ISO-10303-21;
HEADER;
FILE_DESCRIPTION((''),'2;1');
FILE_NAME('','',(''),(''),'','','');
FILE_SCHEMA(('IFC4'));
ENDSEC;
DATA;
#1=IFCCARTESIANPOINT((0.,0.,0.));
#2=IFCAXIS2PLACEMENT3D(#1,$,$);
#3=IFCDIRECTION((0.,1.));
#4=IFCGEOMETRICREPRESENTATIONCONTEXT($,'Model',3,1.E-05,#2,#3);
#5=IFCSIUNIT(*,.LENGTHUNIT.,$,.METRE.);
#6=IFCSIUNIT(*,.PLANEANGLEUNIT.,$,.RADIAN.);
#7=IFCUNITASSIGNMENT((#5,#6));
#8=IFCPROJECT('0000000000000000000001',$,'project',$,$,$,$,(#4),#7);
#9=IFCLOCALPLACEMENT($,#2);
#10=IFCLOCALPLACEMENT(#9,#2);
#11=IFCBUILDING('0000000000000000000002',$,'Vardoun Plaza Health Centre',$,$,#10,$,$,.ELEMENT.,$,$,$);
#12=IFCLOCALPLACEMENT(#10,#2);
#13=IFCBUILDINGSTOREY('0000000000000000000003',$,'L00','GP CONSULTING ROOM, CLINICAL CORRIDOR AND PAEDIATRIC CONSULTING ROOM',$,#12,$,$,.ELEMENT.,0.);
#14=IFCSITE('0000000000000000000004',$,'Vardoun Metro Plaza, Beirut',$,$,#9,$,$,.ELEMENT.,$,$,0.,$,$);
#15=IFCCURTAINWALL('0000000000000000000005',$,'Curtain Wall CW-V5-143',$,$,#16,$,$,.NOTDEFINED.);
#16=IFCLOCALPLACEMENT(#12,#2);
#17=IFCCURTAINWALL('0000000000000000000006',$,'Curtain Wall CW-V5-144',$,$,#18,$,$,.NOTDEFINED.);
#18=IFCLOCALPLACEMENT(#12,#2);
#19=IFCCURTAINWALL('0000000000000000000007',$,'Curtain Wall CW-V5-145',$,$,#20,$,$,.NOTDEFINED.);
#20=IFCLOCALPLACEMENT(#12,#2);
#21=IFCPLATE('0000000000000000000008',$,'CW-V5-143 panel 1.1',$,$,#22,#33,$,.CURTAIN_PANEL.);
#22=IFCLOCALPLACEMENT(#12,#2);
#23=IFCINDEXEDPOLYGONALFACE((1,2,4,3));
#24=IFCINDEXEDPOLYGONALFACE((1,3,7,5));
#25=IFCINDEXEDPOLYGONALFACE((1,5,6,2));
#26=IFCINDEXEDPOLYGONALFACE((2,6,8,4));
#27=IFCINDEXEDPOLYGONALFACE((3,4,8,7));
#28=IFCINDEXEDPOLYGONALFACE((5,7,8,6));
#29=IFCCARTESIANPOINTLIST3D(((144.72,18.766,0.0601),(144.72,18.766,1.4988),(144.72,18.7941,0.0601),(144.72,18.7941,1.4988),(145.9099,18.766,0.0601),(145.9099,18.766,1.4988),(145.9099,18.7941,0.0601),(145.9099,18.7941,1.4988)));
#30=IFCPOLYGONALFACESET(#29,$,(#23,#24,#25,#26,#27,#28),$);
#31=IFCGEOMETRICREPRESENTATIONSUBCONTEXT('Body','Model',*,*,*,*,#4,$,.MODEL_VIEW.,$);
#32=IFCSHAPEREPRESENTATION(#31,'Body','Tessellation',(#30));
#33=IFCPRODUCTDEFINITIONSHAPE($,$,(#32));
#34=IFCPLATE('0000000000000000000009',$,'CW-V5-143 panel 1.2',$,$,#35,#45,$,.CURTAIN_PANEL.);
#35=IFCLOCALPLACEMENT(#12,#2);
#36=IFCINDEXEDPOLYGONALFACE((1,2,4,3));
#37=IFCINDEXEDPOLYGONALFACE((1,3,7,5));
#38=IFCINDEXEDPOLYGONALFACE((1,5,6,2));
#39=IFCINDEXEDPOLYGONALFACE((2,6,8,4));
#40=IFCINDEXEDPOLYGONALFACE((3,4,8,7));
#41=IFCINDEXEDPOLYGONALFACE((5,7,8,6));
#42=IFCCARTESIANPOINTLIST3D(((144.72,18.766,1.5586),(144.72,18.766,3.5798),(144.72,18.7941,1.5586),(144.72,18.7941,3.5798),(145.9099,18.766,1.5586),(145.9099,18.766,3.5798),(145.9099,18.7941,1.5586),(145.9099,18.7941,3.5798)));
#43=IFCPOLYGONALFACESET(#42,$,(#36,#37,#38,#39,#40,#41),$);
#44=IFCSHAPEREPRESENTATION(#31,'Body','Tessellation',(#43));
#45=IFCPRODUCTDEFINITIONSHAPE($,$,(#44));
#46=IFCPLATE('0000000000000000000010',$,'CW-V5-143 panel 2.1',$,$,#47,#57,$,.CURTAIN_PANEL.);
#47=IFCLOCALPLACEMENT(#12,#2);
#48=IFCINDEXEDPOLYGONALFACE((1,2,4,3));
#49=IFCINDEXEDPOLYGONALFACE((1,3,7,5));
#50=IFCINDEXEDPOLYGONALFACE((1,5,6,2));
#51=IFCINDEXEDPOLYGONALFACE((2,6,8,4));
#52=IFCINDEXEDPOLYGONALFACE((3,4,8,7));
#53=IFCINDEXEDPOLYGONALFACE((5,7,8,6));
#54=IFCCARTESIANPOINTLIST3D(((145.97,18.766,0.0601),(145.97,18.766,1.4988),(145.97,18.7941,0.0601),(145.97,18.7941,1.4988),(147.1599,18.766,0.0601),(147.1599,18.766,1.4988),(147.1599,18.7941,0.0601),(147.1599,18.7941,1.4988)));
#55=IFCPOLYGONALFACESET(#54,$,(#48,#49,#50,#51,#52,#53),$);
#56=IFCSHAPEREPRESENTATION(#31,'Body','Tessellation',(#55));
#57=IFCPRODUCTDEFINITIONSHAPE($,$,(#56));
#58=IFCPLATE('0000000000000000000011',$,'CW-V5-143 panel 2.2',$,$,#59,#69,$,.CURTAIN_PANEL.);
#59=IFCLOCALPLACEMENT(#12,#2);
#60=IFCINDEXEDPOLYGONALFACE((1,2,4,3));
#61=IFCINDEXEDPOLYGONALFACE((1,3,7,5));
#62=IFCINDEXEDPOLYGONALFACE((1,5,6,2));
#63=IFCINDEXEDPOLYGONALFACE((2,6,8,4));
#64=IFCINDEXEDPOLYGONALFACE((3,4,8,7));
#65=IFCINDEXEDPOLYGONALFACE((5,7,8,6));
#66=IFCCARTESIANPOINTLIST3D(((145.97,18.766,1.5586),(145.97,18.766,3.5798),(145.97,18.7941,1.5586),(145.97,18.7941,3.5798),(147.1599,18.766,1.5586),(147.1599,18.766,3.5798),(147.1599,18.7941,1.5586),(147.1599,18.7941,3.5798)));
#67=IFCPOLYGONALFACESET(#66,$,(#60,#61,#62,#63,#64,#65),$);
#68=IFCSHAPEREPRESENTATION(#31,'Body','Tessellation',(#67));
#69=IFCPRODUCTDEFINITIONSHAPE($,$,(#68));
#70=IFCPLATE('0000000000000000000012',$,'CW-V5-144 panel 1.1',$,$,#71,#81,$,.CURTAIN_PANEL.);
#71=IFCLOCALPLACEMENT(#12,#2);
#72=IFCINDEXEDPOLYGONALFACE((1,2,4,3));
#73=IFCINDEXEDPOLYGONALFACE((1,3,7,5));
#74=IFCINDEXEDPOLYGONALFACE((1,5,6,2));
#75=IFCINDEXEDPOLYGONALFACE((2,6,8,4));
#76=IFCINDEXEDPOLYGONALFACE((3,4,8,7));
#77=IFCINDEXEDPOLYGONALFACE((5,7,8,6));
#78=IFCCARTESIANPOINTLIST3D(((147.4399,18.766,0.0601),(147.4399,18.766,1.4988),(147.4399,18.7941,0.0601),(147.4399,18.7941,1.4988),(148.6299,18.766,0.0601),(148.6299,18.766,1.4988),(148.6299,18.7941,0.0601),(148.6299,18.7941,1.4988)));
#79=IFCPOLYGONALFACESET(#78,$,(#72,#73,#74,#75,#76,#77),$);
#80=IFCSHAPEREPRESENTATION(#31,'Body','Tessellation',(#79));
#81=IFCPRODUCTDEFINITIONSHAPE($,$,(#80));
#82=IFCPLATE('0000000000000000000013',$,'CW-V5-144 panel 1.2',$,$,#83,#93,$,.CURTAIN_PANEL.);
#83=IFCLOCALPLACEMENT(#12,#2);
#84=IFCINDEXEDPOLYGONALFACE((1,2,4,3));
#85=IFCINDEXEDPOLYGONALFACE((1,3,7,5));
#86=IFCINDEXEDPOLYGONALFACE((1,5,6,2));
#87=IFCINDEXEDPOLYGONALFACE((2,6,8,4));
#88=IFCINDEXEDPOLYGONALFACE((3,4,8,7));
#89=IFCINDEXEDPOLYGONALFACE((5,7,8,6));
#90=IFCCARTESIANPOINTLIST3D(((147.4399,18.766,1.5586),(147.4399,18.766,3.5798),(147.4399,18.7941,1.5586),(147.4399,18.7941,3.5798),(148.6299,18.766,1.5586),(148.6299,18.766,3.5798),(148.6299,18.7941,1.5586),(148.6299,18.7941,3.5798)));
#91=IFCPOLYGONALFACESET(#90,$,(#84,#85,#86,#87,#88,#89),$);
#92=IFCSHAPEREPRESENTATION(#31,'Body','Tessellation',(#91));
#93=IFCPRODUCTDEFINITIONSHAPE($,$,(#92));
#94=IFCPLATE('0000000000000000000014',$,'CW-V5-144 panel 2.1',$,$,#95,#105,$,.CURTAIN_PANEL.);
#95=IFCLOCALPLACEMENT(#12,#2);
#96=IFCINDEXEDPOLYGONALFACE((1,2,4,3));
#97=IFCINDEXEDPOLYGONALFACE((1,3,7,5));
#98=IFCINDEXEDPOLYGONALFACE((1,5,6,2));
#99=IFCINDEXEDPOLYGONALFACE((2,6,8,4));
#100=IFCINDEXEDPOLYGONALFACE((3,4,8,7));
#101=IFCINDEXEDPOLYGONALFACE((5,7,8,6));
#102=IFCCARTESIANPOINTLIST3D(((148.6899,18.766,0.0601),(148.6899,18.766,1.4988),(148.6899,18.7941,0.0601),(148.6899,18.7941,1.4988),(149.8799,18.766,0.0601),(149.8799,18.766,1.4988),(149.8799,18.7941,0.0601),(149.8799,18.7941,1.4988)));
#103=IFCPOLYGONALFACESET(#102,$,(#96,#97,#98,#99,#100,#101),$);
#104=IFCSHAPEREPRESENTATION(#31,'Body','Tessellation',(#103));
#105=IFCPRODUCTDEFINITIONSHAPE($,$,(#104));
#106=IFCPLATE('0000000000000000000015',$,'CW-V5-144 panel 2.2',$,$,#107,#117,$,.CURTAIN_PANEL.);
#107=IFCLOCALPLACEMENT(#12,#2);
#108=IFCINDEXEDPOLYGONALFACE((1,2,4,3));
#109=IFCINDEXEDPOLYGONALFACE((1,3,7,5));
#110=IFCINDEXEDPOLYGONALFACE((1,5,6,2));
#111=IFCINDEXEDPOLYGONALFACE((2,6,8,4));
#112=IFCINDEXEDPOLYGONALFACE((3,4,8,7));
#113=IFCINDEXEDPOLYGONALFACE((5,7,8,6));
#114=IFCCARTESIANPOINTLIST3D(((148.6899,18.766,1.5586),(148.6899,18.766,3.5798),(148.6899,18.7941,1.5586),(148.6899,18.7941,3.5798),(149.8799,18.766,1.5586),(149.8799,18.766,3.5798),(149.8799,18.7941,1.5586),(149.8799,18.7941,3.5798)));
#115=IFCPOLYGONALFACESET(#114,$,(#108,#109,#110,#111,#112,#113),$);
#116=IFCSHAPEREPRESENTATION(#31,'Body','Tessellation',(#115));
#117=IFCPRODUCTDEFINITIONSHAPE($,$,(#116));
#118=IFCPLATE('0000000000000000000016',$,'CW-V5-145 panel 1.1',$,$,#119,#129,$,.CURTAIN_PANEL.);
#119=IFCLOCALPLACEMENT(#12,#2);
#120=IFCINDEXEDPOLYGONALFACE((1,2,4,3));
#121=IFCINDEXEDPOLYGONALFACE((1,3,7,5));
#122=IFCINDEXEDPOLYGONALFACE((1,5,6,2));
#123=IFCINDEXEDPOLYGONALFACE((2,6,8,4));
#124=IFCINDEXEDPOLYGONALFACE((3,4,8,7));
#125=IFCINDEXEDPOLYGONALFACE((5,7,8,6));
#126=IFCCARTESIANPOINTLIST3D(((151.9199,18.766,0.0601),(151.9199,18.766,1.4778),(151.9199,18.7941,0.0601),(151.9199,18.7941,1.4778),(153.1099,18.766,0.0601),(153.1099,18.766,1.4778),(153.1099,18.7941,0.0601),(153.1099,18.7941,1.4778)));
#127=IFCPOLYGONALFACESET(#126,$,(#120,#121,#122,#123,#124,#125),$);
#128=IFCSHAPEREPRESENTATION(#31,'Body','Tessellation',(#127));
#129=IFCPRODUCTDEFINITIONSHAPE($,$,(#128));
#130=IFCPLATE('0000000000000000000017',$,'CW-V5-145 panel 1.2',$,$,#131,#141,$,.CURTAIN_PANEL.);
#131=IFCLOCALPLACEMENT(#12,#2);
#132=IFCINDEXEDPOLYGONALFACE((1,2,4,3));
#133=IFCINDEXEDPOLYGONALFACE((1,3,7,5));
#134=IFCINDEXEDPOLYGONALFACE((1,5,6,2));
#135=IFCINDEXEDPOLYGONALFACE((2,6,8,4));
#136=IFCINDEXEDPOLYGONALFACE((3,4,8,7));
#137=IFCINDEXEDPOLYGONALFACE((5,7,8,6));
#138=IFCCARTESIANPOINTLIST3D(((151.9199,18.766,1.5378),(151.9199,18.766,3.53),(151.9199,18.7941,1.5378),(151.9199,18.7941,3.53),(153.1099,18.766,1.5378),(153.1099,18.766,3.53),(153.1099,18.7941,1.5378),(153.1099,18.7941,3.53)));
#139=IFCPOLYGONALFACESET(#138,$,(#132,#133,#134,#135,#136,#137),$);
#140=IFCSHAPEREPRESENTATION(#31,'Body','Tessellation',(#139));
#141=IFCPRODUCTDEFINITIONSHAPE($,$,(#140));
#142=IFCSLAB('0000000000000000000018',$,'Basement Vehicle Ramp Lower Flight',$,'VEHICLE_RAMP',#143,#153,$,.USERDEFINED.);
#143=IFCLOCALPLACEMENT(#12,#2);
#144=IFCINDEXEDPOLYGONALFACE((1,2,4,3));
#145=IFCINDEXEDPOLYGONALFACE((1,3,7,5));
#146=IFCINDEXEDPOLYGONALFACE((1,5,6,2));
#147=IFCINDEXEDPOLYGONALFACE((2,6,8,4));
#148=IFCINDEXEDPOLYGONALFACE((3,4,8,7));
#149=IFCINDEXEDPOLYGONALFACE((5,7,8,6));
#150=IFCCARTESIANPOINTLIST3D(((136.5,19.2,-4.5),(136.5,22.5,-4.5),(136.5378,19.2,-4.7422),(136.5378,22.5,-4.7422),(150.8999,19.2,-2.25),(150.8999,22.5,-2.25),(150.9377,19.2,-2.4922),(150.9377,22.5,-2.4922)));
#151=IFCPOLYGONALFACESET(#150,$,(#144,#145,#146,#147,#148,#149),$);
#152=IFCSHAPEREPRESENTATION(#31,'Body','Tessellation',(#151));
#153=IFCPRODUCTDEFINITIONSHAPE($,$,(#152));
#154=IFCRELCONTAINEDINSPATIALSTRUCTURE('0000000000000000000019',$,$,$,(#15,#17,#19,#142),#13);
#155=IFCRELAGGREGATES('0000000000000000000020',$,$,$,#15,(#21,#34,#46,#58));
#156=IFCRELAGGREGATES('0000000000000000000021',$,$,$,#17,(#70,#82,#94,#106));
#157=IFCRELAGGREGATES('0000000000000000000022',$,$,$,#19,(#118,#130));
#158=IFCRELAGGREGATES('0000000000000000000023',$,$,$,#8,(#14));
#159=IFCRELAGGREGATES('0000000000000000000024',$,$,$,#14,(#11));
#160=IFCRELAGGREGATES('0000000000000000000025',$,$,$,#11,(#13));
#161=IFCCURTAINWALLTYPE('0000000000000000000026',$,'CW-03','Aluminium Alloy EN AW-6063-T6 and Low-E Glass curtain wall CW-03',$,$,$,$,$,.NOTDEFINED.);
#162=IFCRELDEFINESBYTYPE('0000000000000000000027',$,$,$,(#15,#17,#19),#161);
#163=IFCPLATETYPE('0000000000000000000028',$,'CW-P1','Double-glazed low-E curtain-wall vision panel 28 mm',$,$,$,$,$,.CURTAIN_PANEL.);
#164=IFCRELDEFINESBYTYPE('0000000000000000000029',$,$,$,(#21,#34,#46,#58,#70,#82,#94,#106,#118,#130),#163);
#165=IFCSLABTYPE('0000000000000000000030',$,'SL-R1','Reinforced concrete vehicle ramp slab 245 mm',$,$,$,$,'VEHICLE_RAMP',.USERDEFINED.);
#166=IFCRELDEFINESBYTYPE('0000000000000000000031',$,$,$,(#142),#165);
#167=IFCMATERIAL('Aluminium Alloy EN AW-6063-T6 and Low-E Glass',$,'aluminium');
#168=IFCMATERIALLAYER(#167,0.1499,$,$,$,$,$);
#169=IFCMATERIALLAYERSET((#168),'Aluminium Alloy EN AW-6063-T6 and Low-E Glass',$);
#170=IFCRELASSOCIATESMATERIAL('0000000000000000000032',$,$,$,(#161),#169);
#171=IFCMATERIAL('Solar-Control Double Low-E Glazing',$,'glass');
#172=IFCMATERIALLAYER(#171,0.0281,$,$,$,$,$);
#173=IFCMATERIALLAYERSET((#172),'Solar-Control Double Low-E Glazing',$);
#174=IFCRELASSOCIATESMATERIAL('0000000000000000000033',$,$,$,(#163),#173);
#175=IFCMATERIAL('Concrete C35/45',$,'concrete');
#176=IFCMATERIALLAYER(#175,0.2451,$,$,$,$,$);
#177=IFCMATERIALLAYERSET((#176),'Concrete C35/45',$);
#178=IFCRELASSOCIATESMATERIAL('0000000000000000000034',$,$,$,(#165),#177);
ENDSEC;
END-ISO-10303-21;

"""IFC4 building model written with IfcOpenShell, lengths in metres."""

from ifc_helpers import new_model, si_unit, direction, frame, origin, origin_2d, place, context, subcontext, project, spatial, polyline, rectangle, outline, extrude, material, layer, layer_set, type_object, element, aggregate, save


model = new_model("IFC4")

# Units and contexts
model_context = context("Model", 3, precision=1e-05, world=origin(), true_north=direction((0.0, 1.0)))
body_context = subcontext(model_context, "Body", "Model", "MODEL_VIEW")
ifc_project = project(units=[si_unit("LENGTHUNIT", "METRE"), si_unit("PLANEANGLEUNIT", "RADIAN")], contexts=[model_context])

# Site, building, storey
site_placement = place(None, origin())
site = spatial("IfcSite", under=ifc_project, at=site_placement, Name="Vardoun Metro Plaza, Beirut", CompositionType="ELEMENT", RefElevation=0.0)
building_placement = place(site_placement, origin())
building = spatial("IfcBuilding", under=site, at=building_placement, Name="Vardoun Plaza Health Centre", CompositionType="ELEMENT")
storey_placement = place(building_placement, origin())
storey = spatial("IfcBuildingStorey", under=building, at=storey_placement, Name="L00", Description="GP CONSULTING ROOM, CLINICAL CORRIDOR AND PAEDIATRIC CONSULTING ROOM", CompositionType="ELEMENT", Elevation=0.0)

# Curtain walls
ifc_material_1 = material(Name="Aluminium Alloy EN AW-6063-T6 and Low-E Glass", Category="aluminium")
ifc_layer_1 = layer(ifc_material_1, 0.1499)
ifc_layer_set_1 = layer_set([ifc_layer_1], Name="Aluminium Alloy EN AW-6063-T6 and Low-E Glass")
curtain_wall_type = type_object("IfcCurtainWallType", Name="CW-03", Description="Aluminium Alloy EN AW-6063-T6 and Low-E Glass curtain wall CW-03", PredefinedType="NOTDEFINED", material=ifc_layer_set_1)
curtain_wall_1_placement = place(storey_placement, origin())
curtain_wall_1 = element("IfcCurtainWall", 1, at=curtain_wall_1_placement, inside=storey, type_object=curtain_wall_type, Name="Curtain Wall CW-V5-143", PredefinedType="NOTDEFINED")
curtain_wall_2_placement = place(storey_placement, origin())
curtain_wall_2 = element("IfcCurtainWall", 2, at=curtain_wall_2_placement, inside=storey, type_object=curtain_wall_type, Name="Curtain Wall CW-V5-144", PredefinedType="NOTDEFINED")
curtain_wall_3_placement = place(storey_placement, origin())
curtain_wall_3 = element("IfcCurtainWall", 3, at=curtain_wall_3_placement, inside=storey, type_object=curtain_wall_type, Name="Curtain Wall CW-V5-145", PredefinedType="NOTDEFINED")

# Plates
ifc_material_2 = material(Name="Solar-Control Double Low-E Glazing", Category="glass")
ifc_layer_2 = layer(ifc_material_2, 0.0281)
ifc_layer_set_2 = layer_set([ifc_layer_2], Name="Solar-Control Double Low-E Glazing")
plate_type = type_object("IfcPlateType", Name="CW-P1", Description="Double-glazed low-E curtain-wall vision panel 28 mm", PredefinedType="CURTAIN_PANEL", material=ifc_layer_set_2)
plate_1_placement = place(storey_placement, frame((145.3149, 18.78, 0.0601), z_axis=(0.0, 0.0, 1.0), x_axis=(1.0, 0.0, 0.0)))
plate_1 = element("IfcPlate", 4, at=plate_1_placement, type_object=plate_type, Name="CW-V5-143 panel 1.1", PredefinedType="CURTAIN_PANEL", context=body_context, shape_type="SweptSolid", body=[
    extrude(rectangle(XDim=1.1899, YDim=0.0281, at=origin_2d()), origin(), (0.0, 0.0, 1.0), 1.4387),
])
plate_2_placement = place(storey_placement, frame((145.3149, 18.78, 1.5586), z_axis=(0.0, 0.0, 1.0), x_axis=(1.0, 0.0, 0.0)))
plate_2 = element("IfcPlate", 5, at=plate_2_placement, type_object=plate_type, Name="CW-V5-143 panel 1.2", PredefinedType="CURTAIN_PANEL", context=body_context, shape_type="SweptSolid", body=[
    extrude(rectangle(XDim=1.1899, YDim=0.0281, at=origin_2d()), origin(), (0.0, 0.0, 1.0), 2.0212),
])
plate_3_placement = place(storey_placement, frame((146.5649, 18.78, 0.0601), z_axis=(0.0, 0.0, 1.0), x_axis=(1.0, 0.0, 0.0)))
plate_3 = element("IfcPlate", 6, at=plate_3_placement, type_object=plate_type, Name="CW-V5-143 panel 2.1", PredefinedType="CURTAIN_PANEL", context=body_context, shape_type="SweptSolid", body=[
    extrude(rectangle(XDim=1.1899, YDim=0.0281, at=origin_2d()), origin(), (0.0, 0.0, 1.0), 1.4387),
])
plate_4_placement = place(storey_placement, frame((146.5649, 18.78, 1.5586), z_axis=(0.0, 0.0, 1.0), x_axis=(1.0, 0.0, 0.0)))
plate_4 = element("IfcPlate", 7, at=plate_4_placement, type_object=plate_type, Name="CW-V5-143 panel 2.2", PredefinedType="CURTAIN_PANEL", context=body_context, shape_type="SweptSolid", body=[
    extrude(rectangle(XDim=1.1899, YDim=0.0281, at=origin_2d()), origin(), (0.0, 0.0, 1.0), 2.0212),
])
aggregate(curtain_wall_1, [plate_1, plate_2, plate_3, plate_4])
plate_5_placement = place(storey_placement, frame((148.0349, 18.78, 0.0601), z_axis=(0.0, 0.0, 1.0), x_axis=(1.0, 0.0, 0.0)))
plate_5 = element("IfcPlate", 8, at=plate_5_placement, type_object=plate_type, Name="CW-V5-144 panel 1.1", PredefinedType="CURTAIN_PANEL", context=body_context, shape_type="SweptSolid", body=[
    extrude(rectangle(XDim=1.1899, YDim=0.0281, at=origin_2d()), origin(), (0.0, 0.0, 1.0), 1.4387),
])
plate_6_placement = place(storey_placement, frame((148.0349, 18.78, 1.5586), z_axis=(0.0, 0.0, 1.0), x_axis=(1.0, 0.0, 0.0)))
plate_6 = element("IfcPlate", 9, at=plate_6_placement, type_object=plate_type, Name="CW-V5-144 panel 1.2", PredefinedType="CURTAIN_PANEL", context=body_context, shape_type="SweptSolid", body=[
    extrude(rectangle(XDim=1.1899, YDim=0.0281, at=origin_2d()), origin(), (0.0, 0.0, 1.0), 2.0212),
])
plate_7_placement = place(storey_placement, frame((149.2849, 18.78, 0.0601), z_axis=(0.0, 0.0, 1.0), x_axis=(1.0, 0.0, 0.0)))
plate_7 = element("IfcPlate", 10, at=plate_7_placement, type_object=plate_type, Name="CW-V5-144 panel 2.1", PredefinedType="CURTAIN_PANEL", context=body_context, shape_type="SweptSolid", body=[
    extrude(rectangle(XDim=1.1899, YDim=0.0281, at=origin_2d()), origin(), (0.0, 0.0, 1.0), 1.4387),
])
plate_8_placement = place(storey_placement, frame((149.2849, 18.78, 1.5586), z_axis=(0.0, 0.0, 1.0), x_axis=(1.0, 0.0, 0.0)))
plate_8 = element("IfcPlate", 11, at=plate_8_placement, type_object=plate_type, Name="CW-V5-144 panel 2.2", PredefinedType="CURTAIN_PANEL", context=body_context, shape_type="SweptSolid", body=[
    extrude(rectangle(XDim=1.1899, YDim=0.0281, at=origin_2d()), origin(), (0.0, 0.0, 1.0), 2.0212),
])
aggregate(curtain_wall_2, [plate_5, plate_6, plate_7, plate_8])
plate_9_placement = place(storey_placement, frame((152.5149, 18.78, 0.0601), z_axis=(0.0, 0.0, 1.0), x_axis=(1.0, 0.0, 0.0)))
plate_9 = element("IfcPlate", 12, at=plate_9_placement, type_object=plate_type, Name="CW-V5-145 panel 1.1", PredefinedType="CURTAIN_PANEL", context=body_context, shape_type="SweptSolid", body=[
    extrude(rectangle(XDim=1.1899, YDim=0.0281, at=origin_2d()), origin(), (0.0, 0.0, 1.0), 1.4177),
])
plate_10_placement = place(storey_placement, frame((152.5149, 18.78, 1.5378), z_axis=(0.0, 0.0, 1.0), x_axis=(1.0, 0.0, 0.0)))
plate_10 = element("IfcPlate", 13, at=plate_10_placement, type_object=plate_type, Name="CW-V5-145 panel 1.2", PredefinedType="CURTAIN_PANEL", context=body_context, shape_type="SweptSolid", body=[
    extrude(rectangle(XDim=1.1899, YDim=0.0281, at=origin_2d()), origin(), (0.0, 0.0, 1.0), 1.9922),
])
aggregate(curtain_wall_3, [plate_9, plate_10])

# Slab
ifc_material_3 = material(Name="Concrete C35/45", Category="concrete")
ifc_layer_3 = layer(ifc_material_3, 0.2451)
ifc_layer_set_3 = layer_set([ifc_layer_3], Name="Concrete C35/45")
slab_type = type_object("IfcSlabType", Name="SL-R1", Description="Reinforced concrete vehicle ramp slab 245 mm", ElementType="VEHICLE_RAMP", PredefinedType="USERDEFINED", material=ifc_layer_set_3)
slab_placement = place(storey_placement, frame((150.8999, 19.2, -2.25), z_axis=(-0.154378, 0.0, 0.988012), x_axis=(0.0, 1.0, 0.0)))
element("IfcSlab", 14, at=slab_placement, inside=storey, type_object=slab_type, Name="Basement Vehicle Ramp Lower Flight", ObjectType="VEHICLE_RAMP", PredefinedType="USERDEFINED", context=body_context, shape_type="SweptSolid", body=[
    extrude(outline(polyline([(0.0, 0.0), (3.3, 0.0), (3.3, 14.5746), (0.0, 14.5746), (0.0, 0.0)])), origin(), (0.0, 0.0, -1.0), 0.2451),
])

save(model, "model.ifc")
